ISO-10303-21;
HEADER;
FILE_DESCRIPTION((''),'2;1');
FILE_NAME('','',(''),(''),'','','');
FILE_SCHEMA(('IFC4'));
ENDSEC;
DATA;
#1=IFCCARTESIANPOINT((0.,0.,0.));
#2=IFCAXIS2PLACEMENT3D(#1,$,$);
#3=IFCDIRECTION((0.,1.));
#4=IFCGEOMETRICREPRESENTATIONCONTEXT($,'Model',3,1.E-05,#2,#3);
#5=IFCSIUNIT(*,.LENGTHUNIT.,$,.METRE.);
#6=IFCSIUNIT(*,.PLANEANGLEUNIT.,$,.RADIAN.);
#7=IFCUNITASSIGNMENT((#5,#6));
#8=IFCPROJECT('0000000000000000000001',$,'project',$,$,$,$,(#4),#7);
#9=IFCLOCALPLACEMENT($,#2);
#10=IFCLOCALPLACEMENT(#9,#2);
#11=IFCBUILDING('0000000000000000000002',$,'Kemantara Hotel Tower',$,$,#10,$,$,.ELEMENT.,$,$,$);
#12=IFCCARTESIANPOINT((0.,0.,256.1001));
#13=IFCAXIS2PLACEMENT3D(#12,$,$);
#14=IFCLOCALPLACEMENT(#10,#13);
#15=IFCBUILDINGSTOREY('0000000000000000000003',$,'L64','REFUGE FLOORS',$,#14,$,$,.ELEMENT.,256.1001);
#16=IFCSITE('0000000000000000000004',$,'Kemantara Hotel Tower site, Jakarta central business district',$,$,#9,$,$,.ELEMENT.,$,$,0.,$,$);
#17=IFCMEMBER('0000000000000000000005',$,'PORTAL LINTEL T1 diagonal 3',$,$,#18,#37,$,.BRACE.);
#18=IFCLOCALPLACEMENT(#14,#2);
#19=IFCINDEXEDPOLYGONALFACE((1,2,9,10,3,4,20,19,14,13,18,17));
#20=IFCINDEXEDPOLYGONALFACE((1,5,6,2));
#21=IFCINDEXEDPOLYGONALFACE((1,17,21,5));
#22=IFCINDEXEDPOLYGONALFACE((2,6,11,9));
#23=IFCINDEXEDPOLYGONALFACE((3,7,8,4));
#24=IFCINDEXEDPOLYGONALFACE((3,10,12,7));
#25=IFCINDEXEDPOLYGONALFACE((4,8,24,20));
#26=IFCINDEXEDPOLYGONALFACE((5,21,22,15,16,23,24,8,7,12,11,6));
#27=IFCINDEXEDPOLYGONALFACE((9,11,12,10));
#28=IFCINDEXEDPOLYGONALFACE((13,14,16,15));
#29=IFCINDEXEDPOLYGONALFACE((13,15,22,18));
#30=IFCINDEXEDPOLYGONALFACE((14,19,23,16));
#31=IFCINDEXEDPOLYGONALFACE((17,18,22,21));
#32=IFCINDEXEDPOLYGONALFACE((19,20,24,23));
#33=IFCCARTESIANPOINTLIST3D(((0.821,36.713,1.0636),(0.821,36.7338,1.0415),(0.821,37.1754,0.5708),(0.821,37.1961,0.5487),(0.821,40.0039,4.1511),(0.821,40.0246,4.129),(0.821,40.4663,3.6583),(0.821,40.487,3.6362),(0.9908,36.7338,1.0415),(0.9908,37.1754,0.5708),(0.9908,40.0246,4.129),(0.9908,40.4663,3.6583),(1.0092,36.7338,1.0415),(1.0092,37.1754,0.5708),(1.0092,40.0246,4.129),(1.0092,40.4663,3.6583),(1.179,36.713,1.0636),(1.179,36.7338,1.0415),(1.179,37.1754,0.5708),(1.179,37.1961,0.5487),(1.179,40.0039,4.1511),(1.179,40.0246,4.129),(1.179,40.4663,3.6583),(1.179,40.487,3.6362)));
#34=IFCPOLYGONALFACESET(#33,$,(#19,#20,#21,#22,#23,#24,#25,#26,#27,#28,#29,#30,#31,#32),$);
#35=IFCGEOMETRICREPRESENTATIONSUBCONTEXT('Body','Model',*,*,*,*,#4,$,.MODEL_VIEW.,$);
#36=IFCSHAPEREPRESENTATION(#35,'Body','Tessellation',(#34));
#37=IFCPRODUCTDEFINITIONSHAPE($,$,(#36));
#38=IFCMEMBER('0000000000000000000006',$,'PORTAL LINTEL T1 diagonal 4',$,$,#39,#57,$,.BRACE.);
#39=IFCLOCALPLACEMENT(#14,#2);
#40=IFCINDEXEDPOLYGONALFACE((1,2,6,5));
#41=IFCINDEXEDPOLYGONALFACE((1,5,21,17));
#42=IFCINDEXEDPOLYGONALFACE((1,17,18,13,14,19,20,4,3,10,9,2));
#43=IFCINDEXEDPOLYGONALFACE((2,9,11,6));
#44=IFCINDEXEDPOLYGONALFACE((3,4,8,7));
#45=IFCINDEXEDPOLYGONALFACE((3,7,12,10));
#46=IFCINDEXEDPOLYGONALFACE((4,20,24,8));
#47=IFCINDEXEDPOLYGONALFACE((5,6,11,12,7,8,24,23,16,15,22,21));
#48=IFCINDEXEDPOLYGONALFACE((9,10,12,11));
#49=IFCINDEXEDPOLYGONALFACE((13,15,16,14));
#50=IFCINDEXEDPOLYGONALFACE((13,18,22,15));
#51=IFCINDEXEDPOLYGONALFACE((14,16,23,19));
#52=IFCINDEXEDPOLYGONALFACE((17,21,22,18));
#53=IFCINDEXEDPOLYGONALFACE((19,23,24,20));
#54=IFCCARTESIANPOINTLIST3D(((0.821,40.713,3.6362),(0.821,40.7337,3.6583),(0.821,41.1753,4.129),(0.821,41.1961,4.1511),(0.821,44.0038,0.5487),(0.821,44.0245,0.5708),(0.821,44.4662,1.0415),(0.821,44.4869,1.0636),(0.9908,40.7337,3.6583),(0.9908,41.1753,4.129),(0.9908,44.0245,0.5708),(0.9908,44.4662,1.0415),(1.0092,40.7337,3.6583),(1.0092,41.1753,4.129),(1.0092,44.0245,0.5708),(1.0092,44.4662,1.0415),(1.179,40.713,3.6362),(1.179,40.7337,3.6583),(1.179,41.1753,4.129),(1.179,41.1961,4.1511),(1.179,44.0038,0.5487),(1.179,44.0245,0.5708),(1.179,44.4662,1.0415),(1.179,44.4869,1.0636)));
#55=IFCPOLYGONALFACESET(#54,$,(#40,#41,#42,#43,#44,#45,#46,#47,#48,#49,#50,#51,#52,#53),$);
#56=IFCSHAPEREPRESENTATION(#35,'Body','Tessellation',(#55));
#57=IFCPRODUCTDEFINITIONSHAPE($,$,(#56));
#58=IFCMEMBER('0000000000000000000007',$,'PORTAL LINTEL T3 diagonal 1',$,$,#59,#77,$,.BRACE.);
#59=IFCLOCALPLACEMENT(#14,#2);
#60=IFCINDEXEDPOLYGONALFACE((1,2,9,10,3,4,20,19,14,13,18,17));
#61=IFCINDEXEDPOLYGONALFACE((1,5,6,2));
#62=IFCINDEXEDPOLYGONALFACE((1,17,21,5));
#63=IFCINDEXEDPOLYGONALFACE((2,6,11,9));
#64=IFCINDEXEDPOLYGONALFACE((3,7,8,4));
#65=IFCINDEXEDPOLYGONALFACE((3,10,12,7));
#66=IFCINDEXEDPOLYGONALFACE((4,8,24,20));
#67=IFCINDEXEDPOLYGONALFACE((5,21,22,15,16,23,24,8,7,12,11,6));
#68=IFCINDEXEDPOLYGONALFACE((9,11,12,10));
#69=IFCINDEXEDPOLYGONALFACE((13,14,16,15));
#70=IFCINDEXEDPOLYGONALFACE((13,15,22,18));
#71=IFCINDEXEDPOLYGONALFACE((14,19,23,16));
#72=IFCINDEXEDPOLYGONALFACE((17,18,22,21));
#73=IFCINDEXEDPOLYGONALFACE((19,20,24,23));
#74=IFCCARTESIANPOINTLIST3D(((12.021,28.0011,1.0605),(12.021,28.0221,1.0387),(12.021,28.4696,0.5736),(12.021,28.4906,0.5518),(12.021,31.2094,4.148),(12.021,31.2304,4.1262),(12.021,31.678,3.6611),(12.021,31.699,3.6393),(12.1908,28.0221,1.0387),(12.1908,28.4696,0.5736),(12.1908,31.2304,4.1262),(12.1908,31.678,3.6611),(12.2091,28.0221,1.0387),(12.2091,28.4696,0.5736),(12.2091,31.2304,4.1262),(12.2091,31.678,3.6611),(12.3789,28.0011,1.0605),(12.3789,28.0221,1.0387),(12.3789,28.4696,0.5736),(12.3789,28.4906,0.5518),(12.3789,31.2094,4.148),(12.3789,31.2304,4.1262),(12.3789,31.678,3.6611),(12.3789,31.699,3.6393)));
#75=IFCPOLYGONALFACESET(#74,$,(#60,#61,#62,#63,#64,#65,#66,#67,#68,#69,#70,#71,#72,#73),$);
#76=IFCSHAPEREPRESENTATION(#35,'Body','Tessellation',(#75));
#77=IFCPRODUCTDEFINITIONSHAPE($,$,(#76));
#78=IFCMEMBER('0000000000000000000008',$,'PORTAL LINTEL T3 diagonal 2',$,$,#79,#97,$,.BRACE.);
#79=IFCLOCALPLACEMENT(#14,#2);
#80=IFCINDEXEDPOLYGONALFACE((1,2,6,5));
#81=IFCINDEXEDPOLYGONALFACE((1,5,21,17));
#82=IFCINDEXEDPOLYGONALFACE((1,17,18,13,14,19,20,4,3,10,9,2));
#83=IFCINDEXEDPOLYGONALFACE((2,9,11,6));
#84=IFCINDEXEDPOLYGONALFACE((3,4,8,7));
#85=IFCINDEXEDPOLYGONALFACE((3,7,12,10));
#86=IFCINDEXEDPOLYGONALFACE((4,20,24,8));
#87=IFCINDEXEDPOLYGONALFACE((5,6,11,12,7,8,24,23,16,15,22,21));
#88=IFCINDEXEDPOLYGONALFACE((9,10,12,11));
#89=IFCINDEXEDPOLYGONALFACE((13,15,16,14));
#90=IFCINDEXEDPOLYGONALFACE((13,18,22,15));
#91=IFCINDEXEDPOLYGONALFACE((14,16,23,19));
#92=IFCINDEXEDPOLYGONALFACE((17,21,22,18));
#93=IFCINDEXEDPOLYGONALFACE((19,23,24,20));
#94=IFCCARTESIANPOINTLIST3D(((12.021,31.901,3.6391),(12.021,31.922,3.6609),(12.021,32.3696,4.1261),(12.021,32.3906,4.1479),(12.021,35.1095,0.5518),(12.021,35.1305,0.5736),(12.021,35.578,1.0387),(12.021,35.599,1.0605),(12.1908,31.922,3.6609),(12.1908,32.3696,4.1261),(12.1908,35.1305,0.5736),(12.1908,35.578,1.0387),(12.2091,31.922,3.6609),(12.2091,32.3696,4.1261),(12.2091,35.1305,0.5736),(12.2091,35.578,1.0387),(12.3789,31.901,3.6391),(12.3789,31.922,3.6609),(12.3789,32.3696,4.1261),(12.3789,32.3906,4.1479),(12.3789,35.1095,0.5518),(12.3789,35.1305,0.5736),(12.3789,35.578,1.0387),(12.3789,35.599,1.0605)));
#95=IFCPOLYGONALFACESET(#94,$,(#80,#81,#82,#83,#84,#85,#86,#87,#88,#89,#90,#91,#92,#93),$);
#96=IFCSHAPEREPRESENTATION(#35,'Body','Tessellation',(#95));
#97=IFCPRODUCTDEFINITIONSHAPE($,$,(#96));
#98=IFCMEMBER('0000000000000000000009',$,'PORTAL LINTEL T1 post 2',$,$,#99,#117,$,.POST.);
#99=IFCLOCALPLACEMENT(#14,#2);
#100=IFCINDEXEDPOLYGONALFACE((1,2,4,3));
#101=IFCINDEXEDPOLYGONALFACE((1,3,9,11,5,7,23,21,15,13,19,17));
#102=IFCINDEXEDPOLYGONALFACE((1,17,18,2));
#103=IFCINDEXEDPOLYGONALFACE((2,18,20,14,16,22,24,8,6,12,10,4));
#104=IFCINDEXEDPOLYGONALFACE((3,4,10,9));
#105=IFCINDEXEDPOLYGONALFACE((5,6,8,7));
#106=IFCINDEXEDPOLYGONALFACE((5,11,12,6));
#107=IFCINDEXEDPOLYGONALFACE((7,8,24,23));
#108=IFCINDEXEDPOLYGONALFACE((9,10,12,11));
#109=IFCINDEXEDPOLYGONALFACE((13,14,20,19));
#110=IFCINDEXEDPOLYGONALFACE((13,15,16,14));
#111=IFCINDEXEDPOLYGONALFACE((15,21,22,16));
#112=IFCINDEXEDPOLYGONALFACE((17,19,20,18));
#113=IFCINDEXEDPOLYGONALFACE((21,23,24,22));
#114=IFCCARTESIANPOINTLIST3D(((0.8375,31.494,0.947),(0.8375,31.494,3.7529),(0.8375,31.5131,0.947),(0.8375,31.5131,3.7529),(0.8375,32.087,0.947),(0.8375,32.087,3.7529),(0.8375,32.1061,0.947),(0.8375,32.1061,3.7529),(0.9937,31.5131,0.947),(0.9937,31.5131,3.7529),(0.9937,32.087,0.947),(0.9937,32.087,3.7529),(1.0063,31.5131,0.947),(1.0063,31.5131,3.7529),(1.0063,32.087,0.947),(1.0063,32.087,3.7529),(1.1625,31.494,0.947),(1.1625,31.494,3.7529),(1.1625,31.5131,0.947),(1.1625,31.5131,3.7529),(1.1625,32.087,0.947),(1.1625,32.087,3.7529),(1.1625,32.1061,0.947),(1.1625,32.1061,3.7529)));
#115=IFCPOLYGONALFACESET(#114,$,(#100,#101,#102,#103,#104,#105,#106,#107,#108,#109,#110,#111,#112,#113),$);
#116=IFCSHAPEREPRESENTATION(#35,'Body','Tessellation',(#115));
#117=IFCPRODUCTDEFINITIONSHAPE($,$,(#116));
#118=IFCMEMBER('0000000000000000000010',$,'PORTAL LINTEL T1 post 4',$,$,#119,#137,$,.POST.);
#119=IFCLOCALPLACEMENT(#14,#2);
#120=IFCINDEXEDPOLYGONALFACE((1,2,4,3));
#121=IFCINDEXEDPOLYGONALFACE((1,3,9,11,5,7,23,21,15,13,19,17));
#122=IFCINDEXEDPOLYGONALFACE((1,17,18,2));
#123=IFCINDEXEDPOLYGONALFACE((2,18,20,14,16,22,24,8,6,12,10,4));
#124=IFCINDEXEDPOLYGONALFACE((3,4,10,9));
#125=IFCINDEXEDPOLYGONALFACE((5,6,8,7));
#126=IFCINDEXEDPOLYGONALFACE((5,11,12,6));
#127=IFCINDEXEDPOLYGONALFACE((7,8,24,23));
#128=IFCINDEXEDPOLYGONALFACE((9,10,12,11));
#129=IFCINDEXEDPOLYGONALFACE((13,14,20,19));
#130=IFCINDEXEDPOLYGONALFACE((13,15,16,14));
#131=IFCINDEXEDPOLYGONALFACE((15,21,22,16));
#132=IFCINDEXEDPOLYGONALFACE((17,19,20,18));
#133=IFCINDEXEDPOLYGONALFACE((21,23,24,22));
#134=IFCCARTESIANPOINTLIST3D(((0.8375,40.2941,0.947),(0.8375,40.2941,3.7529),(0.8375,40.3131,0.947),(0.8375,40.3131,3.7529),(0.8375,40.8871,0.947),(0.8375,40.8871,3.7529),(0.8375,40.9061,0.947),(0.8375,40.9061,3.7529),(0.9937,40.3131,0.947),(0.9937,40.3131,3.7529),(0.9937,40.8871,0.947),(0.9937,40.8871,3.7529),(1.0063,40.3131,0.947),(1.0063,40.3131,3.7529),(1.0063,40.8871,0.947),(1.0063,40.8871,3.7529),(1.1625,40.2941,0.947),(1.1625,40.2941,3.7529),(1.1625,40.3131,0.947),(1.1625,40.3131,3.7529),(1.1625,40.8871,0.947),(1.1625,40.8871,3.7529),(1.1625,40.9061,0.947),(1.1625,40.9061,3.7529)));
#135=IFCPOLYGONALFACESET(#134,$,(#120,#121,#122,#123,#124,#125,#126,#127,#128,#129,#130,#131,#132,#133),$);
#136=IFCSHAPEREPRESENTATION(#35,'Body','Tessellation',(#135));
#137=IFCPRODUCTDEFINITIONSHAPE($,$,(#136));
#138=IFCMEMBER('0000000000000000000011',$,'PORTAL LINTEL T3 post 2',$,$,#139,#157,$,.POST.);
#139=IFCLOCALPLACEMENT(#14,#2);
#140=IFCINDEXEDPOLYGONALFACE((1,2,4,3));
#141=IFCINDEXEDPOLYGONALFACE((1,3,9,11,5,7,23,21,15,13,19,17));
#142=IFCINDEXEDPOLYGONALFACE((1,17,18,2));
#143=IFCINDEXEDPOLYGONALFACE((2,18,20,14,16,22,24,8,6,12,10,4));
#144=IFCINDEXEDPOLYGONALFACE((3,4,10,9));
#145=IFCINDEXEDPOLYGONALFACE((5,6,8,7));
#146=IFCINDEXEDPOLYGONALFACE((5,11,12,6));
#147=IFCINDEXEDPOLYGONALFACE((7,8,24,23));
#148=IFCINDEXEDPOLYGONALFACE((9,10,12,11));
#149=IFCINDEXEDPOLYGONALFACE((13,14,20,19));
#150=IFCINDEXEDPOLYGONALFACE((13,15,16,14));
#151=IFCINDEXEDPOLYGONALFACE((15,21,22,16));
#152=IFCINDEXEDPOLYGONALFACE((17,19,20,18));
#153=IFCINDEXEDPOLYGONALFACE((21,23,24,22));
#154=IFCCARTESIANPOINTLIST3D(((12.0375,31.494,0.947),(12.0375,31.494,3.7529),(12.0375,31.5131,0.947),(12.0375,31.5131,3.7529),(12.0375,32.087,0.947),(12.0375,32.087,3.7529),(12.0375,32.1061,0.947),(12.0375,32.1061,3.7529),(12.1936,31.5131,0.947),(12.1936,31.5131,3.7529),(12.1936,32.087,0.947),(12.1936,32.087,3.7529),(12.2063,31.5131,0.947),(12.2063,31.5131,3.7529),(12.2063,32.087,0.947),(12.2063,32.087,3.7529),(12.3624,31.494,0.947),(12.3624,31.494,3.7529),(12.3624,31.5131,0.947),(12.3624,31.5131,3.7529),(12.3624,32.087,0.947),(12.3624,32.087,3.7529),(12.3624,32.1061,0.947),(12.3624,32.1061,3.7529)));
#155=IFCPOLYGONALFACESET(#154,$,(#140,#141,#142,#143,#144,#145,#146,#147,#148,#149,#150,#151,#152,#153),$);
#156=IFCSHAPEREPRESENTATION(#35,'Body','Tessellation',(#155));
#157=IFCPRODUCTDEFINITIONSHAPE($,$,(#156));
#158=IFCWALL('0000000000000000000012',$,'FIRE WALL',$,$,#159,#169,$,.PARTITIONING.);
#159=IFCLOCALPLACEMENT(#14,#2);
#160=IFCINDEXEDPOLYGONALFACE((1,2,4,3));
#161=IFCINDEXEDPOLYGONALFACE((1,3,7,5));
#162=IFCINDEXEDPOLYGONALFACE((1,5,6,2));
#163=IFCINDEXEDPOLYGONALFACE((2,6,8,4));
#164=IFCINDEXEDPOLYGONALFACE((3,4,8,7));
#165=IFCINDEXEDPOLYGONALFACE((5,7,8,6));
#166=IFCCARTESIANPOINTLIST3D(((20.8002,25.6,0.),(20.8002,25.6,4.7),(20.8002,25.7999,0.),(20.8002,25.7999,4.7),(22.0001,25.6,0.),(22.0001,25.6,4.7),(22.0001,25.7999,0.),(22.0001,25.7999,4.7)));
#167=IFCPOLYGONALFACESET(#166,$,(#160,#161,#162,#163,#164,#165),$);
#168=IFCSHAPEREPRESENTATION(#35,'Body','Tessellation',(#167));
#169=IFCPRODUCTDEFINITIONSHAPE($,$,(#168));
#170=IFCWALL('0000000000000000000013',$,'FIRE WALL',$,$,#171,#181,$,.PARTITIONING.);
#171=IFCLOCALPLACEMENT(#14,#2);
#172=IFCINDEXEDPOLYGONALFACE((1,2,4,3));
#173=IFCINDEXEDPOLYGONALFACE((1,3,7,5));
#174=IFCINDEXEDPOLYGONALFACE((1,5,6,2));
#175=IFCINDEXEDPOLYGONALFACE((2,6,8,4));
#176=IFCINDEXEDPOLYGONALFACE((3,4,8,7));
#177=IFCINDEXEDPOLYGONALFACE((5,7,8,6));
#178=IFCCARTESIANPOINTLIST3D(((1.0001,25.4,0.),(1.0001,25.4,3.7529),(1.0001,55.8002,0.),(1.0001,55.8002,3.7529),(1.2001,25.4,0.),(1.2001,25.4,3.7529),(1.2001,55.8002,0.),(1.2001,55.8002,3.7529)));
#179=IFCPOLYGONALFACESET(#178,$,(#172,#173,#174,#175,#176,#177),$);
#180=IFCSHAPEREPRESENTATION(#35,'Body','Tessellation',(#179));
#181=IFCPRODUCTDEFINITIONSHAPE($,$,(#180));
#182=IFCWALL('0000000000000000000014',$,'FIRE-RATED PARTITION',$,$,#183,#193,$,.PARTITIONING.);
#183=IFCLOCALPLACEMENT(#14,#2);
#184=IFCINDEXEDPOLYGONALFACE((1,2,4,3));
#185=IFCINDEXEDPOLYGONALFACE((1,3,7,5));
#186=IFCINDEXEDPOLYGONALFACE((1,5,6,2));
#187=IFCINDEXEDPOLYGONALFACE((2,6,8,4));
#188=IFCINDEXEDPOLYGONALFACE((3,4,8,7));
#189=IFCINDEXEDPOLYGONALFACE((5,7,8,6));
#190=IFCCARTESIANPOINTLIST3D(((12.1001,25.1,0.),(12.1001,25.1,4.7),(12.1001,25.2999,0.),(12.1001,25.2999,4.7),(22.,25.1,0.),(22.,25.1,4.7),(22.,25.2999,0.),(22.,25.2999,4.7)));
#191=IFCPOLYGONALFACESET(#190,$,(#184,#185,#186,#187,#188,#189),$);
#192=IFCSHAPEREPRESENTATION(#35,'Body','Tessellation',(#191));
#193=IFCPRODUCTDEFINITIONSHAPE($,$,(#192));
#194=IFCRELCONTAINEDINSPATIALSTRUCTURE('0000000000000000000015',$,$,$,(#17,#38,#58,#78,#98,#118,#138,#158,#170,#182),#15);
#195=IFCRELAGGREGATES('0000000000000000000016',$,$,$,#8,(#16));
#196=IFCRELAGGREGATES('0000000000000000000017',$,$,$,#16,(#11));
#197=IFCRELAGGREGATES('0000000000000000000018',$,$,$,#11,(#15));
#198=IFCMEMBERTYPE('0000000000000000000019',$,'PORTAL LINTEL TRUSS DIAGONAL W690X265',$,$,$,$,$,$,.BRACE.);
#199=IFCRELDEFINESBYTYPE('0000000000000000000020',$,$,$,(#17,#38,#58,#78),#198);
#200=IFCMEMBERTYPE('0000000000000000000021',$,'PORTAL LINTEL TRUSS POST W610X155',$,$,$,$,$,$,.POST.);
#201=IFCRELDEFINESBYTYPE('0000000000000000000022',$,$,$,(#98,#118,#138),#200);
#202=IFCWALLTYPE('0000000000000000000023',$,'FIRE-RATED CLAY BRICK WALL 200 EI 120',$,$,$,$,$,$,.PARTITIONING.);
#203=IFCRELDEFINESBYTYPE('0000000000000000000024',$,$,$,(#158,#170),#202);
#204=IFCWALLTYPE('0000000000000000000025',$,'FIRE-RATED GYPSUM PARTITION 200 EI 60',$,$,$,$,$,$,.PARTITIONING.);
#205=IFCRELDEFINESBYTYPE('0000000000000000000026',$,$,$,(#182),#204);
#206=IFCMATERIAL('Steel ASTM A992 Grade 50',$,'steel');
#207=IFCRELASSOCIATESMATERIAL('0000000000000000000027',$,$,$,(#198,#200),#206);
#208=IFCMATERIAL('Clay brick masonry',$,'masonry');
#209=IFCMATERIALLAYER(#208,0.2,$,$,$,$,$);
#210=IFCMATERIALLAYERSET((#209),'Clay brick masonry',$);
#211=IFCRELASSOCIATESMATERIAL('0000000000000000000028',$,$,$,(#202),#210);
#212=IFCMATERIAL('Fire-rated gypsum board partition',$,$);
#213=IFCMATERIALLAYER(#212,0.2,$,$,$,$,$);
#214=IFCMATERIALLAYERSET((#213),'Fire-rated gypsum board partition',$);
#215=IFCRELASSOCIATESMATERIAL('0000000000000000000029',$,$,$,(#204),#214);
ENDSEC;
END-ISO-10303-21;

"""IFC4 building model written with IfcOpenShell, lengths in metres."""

from ifc_helpers import new_model, si_unit, direction, frame, frame_2d, origin, origin_2d, place, context, subcontext, project, spatial, rectangle, i_section, extrude, material, layer, layer_set, material_profile, profile_set, type_object, element, save


model = new_model("IFC4")

# Units and contexts
model_context = context("Model", 3, precision=1e-05, world=origin(), true_north=direction((0.0, 1.0)))
body_context = subcontext(model_context, "Body", "Model", "MODEL_VIEW")
ifc_project = project(units=[si_unit("LENGTHUNIT", "METRE"), si_unit("PLANEANGLEUNIT", "RADIAN")], contexts=[model_context])

# Site, building, storey
site_placement = place(None, origin())
site = spatial("IfcSite", under=ifc_project, at=site_placement, Name="Kemantara Hotel Tower site, Jakarta central business district", CompositionType="ELEMENT", RefElevation=0.0)
building_placement = place(site_placement, origin())
building = spatial("IfcBuilding", under=site, at=building_placement, Name="Kemantara Hotel Tower", CompositionType="ELEMENT")
storey_placement = place(building_placement, frame((0.0, 0.0, 256.1001)))
storey = spatial("IfcBuildingStorey", under=building, at=storey_placement, Name="L64", Description="REFUGE FLOORS", CompositionType="ELEMENT", Elevation=256.1001)

# Shared definitions
ifc_material_1 = material(Name="Steel ASTM A992 Grade 50", Category="steel")

# Members
ifc_material_profile_1 = material_profile(ifc_material_1, i_section(OverallWidth=0.3579, OverallDepth=0.7061, WebThickness=0.0183, FlangeThickness=0.0303, at=origin_2d()), Name="W690X265")
ifc_profile_set_1 = profile_set([ifc_material_profile_1], Name="Steel ASTM A992 Grade 50")
member_type_1 = type_object("IfcMemberType", Name="PORTAL LINTEL TRUSS DIAGONAL W690X265", PredefinedType="BRACE", material=ifc_profile_set_1)
for number, where, z_axis, x_axis, name in (
    (1, (1.0, 36.9546, 0.8062), (0.0, 0.729282, 0.684213), (-1.0, 0.0, 0.0), "PORTAL LINTEL T1 diagonal 3"),
    (2, (1.0, 44.2454, 0.8062), (0.0, -0.729282, 0.684213), (1.0, 0.0, 0.0), "PORTAL LINTEL T1 diagonal 4"),
):
    element("IfcMember", number, at=place(storey_placement, frame(where, z_axis=z_axis, x_axis=x_axis)), inside=storey, type_object=member_type_1, Name=name, PredefinedType="BRACE", context=body_context, shape_type="SweptSolid", body=[
        extrude(i_section(OverallWidth=0.3579, OverallDepth=0.7061, WebThickness=0.0183, FlangeThickness=0.0303, at=origin_2d()), origin(), (0.0, 0.0, 1.0), 4.5125),
    ])
for number, where, z_axis, x_axis, name in (
    (3, (12.2, 28.2458, 0.8062), (0.0, 0.720547, 0.693406), (-1.0, 0.0, 0.0), "PORTAL LINTEL T3 diagonal 1"),
    (4, (12.2, 35.3542, 0.8062), (0.0, -0.720574, 0.693378), (1.0, 0.0, 0.0), "PORTAL LINTEL T3 diagonal 2"),
):
    element("IfcMember", number, at=place(storey_placement, frame(where, z_axis=z_axis, x_axis=x_axis)), inside=storey, type_object=member_type_1, Name=name, PredefinedType="BRACE", context=body_context, shape_type="SweptSolid", body=[
        extrude(i_section(OverallWidth=0.3579, OverallDepth=0.7061, WebThickness=0.0183, FlangeThickness=0.0303, at=origin_2d()), origin(), (0.0, 0.0, 1.0), 4.4526),
    ])
ifc_material_profile_2 = material_profile(ifc_material_1, i_section(OverallWidth=0.325, OverallDepth=0.6121, WebThickness=0.0127, FlangeThickness=0.019, at=origin_2d()), Name="W610X155")
ifc_profile_set_2 = profile_set([ifc_material_profile_2], Name="Steel ASTM A992 Grade 50")
member_type_2 = type_object("IfcMemberType", Name="PORTAL LINTEL TRUSS POST W610X155", PredefinedType="POST", material=ifc_profile_set_2)
for number, where, z_axis, x_axis, name in (
    (5, (1.0, 31.8, 0.947), (0.0, 0.0, 1.0), (1.0, 0.0, 0.0), "PORTAL LINTEL T1 post 2"),
    (6, (1.0, 40.6001, 0.947), (0.0, 0.0, 1.0), (1.0, 0.0, 0.0), "PORTAL LINTEL T1 post 4"),
    (7, (12.2, 31.8, 0.947), (0.0, 0.0, 1.0), (1.0, 0.0, 0.0), "PORTAL LINTEL T3 post 2"),
):
    element("IfcMember", number, at=place(storey_placement, frame(where, z_axis=z_axis, x_axis=x_axis)), inside=storey, type_object=member_type_2, Name=name, PredefinedType="POST", context=body_context, shape_type="SweptSolid", body=[
        extrude(i_section(OverallWidth=0.325, OverallDepth=0.6121, WebThickness=0.0127, FlangeThickness=0.019, at=origin_2d()), origin(), (0.0, 0.0, 1.0), 2.8059),
    ])

# Walls
ifc_material_2 = material(Name="Clay brick masonry", Category="masonry")
ifc_layer_1 = layer(ifc_material_2, 0.2)
ifc_layer_set_1 = layer_set([ifc_layer_1], Name="Clay brick masonry")
wall_type_1 = type_object("IfcWallType", Name="FIRE-RATED CLAY BRICK WALL 200 EI 120", PredefinedType="PARTITIONING", material=ifc_layer_set_1)
wall_1_placement = place(storey_placement, frame((20.8, 25.7, 0.0), z_axis=(0.0, 0.0, 1.0), x_axis=(1.0, 0.0, 0.0)))
element("IfcWall", 8, at=wall_1_placement, inside=storey, type_object=wall_type_1, Name="FIRE WALL", PredefinedType="PARTITIONING", context=body_context, shape_type="SweptSolid", body=[
    extrude(rectangle(XDim=1.2, YDim=0.2, at=frame_2d((0.6001, 0.0))), origin(), (0.0, 0.0, 1.0), 4.7),
])
wall_2_placement = place(storey_placement, frame((1.1001, 25.3999, 0.0), z_axis=(0.0, 0.0, 1.0), x_axis=(0.0, 1.0, 0.0)))
element("IfcWall", 9, at=wall_2_placement, inside=storey, type_object=wall_type_1, Name="FIRE WALL", PredefinedType="PARTITIONING", context=body_context, shape_type="SweptSolid", body=[
    extrude(rectangle(XDim=30.4001, YDim=0.2, at=frame_2d((15.2002, 0.0))), origin(), (0.0, 0.0, 1.0), 3.7529),
])
ifc_material_3 = material(Name="Fire-rated gypsum board partition")
ifc_layer_2 = layer(ifc_material_3, 0.2)
ifc_layer_set_2 = layer_set([ifc_layer_2], Name="Fire-rated gypsum board partition")
wall_type_2 = type_object("IfcWallType", Name="FIRE-RATED GYPSUM PARTITION 200 EI 60", PredefinedType="PARTITIONING", material=ifc_layer_set_2)
wall_3_placement = place(storey_placement, frame((12.1001, 25.2, 0.0), z_axis=(0.0, 0.0, 1.0), x_axis=(1.0, 0.0, 0.0)))
element("IfcWall", 10, at=wall_3_placement, inside=storey, type_object=wall_type_2, Name="FIRE-RATED PARTITION", PredefinedType="PARTITIONING", context=body_context, shape_type="SweptSolid", body=[
    extrude(rectangle(XDim=9.8999, YDim=0.2, at=frame_2d((4.95, 0.0))), origin(), (0.0, 0.0, 1.0), 4.7),
])

save(model, "model.ifc")
